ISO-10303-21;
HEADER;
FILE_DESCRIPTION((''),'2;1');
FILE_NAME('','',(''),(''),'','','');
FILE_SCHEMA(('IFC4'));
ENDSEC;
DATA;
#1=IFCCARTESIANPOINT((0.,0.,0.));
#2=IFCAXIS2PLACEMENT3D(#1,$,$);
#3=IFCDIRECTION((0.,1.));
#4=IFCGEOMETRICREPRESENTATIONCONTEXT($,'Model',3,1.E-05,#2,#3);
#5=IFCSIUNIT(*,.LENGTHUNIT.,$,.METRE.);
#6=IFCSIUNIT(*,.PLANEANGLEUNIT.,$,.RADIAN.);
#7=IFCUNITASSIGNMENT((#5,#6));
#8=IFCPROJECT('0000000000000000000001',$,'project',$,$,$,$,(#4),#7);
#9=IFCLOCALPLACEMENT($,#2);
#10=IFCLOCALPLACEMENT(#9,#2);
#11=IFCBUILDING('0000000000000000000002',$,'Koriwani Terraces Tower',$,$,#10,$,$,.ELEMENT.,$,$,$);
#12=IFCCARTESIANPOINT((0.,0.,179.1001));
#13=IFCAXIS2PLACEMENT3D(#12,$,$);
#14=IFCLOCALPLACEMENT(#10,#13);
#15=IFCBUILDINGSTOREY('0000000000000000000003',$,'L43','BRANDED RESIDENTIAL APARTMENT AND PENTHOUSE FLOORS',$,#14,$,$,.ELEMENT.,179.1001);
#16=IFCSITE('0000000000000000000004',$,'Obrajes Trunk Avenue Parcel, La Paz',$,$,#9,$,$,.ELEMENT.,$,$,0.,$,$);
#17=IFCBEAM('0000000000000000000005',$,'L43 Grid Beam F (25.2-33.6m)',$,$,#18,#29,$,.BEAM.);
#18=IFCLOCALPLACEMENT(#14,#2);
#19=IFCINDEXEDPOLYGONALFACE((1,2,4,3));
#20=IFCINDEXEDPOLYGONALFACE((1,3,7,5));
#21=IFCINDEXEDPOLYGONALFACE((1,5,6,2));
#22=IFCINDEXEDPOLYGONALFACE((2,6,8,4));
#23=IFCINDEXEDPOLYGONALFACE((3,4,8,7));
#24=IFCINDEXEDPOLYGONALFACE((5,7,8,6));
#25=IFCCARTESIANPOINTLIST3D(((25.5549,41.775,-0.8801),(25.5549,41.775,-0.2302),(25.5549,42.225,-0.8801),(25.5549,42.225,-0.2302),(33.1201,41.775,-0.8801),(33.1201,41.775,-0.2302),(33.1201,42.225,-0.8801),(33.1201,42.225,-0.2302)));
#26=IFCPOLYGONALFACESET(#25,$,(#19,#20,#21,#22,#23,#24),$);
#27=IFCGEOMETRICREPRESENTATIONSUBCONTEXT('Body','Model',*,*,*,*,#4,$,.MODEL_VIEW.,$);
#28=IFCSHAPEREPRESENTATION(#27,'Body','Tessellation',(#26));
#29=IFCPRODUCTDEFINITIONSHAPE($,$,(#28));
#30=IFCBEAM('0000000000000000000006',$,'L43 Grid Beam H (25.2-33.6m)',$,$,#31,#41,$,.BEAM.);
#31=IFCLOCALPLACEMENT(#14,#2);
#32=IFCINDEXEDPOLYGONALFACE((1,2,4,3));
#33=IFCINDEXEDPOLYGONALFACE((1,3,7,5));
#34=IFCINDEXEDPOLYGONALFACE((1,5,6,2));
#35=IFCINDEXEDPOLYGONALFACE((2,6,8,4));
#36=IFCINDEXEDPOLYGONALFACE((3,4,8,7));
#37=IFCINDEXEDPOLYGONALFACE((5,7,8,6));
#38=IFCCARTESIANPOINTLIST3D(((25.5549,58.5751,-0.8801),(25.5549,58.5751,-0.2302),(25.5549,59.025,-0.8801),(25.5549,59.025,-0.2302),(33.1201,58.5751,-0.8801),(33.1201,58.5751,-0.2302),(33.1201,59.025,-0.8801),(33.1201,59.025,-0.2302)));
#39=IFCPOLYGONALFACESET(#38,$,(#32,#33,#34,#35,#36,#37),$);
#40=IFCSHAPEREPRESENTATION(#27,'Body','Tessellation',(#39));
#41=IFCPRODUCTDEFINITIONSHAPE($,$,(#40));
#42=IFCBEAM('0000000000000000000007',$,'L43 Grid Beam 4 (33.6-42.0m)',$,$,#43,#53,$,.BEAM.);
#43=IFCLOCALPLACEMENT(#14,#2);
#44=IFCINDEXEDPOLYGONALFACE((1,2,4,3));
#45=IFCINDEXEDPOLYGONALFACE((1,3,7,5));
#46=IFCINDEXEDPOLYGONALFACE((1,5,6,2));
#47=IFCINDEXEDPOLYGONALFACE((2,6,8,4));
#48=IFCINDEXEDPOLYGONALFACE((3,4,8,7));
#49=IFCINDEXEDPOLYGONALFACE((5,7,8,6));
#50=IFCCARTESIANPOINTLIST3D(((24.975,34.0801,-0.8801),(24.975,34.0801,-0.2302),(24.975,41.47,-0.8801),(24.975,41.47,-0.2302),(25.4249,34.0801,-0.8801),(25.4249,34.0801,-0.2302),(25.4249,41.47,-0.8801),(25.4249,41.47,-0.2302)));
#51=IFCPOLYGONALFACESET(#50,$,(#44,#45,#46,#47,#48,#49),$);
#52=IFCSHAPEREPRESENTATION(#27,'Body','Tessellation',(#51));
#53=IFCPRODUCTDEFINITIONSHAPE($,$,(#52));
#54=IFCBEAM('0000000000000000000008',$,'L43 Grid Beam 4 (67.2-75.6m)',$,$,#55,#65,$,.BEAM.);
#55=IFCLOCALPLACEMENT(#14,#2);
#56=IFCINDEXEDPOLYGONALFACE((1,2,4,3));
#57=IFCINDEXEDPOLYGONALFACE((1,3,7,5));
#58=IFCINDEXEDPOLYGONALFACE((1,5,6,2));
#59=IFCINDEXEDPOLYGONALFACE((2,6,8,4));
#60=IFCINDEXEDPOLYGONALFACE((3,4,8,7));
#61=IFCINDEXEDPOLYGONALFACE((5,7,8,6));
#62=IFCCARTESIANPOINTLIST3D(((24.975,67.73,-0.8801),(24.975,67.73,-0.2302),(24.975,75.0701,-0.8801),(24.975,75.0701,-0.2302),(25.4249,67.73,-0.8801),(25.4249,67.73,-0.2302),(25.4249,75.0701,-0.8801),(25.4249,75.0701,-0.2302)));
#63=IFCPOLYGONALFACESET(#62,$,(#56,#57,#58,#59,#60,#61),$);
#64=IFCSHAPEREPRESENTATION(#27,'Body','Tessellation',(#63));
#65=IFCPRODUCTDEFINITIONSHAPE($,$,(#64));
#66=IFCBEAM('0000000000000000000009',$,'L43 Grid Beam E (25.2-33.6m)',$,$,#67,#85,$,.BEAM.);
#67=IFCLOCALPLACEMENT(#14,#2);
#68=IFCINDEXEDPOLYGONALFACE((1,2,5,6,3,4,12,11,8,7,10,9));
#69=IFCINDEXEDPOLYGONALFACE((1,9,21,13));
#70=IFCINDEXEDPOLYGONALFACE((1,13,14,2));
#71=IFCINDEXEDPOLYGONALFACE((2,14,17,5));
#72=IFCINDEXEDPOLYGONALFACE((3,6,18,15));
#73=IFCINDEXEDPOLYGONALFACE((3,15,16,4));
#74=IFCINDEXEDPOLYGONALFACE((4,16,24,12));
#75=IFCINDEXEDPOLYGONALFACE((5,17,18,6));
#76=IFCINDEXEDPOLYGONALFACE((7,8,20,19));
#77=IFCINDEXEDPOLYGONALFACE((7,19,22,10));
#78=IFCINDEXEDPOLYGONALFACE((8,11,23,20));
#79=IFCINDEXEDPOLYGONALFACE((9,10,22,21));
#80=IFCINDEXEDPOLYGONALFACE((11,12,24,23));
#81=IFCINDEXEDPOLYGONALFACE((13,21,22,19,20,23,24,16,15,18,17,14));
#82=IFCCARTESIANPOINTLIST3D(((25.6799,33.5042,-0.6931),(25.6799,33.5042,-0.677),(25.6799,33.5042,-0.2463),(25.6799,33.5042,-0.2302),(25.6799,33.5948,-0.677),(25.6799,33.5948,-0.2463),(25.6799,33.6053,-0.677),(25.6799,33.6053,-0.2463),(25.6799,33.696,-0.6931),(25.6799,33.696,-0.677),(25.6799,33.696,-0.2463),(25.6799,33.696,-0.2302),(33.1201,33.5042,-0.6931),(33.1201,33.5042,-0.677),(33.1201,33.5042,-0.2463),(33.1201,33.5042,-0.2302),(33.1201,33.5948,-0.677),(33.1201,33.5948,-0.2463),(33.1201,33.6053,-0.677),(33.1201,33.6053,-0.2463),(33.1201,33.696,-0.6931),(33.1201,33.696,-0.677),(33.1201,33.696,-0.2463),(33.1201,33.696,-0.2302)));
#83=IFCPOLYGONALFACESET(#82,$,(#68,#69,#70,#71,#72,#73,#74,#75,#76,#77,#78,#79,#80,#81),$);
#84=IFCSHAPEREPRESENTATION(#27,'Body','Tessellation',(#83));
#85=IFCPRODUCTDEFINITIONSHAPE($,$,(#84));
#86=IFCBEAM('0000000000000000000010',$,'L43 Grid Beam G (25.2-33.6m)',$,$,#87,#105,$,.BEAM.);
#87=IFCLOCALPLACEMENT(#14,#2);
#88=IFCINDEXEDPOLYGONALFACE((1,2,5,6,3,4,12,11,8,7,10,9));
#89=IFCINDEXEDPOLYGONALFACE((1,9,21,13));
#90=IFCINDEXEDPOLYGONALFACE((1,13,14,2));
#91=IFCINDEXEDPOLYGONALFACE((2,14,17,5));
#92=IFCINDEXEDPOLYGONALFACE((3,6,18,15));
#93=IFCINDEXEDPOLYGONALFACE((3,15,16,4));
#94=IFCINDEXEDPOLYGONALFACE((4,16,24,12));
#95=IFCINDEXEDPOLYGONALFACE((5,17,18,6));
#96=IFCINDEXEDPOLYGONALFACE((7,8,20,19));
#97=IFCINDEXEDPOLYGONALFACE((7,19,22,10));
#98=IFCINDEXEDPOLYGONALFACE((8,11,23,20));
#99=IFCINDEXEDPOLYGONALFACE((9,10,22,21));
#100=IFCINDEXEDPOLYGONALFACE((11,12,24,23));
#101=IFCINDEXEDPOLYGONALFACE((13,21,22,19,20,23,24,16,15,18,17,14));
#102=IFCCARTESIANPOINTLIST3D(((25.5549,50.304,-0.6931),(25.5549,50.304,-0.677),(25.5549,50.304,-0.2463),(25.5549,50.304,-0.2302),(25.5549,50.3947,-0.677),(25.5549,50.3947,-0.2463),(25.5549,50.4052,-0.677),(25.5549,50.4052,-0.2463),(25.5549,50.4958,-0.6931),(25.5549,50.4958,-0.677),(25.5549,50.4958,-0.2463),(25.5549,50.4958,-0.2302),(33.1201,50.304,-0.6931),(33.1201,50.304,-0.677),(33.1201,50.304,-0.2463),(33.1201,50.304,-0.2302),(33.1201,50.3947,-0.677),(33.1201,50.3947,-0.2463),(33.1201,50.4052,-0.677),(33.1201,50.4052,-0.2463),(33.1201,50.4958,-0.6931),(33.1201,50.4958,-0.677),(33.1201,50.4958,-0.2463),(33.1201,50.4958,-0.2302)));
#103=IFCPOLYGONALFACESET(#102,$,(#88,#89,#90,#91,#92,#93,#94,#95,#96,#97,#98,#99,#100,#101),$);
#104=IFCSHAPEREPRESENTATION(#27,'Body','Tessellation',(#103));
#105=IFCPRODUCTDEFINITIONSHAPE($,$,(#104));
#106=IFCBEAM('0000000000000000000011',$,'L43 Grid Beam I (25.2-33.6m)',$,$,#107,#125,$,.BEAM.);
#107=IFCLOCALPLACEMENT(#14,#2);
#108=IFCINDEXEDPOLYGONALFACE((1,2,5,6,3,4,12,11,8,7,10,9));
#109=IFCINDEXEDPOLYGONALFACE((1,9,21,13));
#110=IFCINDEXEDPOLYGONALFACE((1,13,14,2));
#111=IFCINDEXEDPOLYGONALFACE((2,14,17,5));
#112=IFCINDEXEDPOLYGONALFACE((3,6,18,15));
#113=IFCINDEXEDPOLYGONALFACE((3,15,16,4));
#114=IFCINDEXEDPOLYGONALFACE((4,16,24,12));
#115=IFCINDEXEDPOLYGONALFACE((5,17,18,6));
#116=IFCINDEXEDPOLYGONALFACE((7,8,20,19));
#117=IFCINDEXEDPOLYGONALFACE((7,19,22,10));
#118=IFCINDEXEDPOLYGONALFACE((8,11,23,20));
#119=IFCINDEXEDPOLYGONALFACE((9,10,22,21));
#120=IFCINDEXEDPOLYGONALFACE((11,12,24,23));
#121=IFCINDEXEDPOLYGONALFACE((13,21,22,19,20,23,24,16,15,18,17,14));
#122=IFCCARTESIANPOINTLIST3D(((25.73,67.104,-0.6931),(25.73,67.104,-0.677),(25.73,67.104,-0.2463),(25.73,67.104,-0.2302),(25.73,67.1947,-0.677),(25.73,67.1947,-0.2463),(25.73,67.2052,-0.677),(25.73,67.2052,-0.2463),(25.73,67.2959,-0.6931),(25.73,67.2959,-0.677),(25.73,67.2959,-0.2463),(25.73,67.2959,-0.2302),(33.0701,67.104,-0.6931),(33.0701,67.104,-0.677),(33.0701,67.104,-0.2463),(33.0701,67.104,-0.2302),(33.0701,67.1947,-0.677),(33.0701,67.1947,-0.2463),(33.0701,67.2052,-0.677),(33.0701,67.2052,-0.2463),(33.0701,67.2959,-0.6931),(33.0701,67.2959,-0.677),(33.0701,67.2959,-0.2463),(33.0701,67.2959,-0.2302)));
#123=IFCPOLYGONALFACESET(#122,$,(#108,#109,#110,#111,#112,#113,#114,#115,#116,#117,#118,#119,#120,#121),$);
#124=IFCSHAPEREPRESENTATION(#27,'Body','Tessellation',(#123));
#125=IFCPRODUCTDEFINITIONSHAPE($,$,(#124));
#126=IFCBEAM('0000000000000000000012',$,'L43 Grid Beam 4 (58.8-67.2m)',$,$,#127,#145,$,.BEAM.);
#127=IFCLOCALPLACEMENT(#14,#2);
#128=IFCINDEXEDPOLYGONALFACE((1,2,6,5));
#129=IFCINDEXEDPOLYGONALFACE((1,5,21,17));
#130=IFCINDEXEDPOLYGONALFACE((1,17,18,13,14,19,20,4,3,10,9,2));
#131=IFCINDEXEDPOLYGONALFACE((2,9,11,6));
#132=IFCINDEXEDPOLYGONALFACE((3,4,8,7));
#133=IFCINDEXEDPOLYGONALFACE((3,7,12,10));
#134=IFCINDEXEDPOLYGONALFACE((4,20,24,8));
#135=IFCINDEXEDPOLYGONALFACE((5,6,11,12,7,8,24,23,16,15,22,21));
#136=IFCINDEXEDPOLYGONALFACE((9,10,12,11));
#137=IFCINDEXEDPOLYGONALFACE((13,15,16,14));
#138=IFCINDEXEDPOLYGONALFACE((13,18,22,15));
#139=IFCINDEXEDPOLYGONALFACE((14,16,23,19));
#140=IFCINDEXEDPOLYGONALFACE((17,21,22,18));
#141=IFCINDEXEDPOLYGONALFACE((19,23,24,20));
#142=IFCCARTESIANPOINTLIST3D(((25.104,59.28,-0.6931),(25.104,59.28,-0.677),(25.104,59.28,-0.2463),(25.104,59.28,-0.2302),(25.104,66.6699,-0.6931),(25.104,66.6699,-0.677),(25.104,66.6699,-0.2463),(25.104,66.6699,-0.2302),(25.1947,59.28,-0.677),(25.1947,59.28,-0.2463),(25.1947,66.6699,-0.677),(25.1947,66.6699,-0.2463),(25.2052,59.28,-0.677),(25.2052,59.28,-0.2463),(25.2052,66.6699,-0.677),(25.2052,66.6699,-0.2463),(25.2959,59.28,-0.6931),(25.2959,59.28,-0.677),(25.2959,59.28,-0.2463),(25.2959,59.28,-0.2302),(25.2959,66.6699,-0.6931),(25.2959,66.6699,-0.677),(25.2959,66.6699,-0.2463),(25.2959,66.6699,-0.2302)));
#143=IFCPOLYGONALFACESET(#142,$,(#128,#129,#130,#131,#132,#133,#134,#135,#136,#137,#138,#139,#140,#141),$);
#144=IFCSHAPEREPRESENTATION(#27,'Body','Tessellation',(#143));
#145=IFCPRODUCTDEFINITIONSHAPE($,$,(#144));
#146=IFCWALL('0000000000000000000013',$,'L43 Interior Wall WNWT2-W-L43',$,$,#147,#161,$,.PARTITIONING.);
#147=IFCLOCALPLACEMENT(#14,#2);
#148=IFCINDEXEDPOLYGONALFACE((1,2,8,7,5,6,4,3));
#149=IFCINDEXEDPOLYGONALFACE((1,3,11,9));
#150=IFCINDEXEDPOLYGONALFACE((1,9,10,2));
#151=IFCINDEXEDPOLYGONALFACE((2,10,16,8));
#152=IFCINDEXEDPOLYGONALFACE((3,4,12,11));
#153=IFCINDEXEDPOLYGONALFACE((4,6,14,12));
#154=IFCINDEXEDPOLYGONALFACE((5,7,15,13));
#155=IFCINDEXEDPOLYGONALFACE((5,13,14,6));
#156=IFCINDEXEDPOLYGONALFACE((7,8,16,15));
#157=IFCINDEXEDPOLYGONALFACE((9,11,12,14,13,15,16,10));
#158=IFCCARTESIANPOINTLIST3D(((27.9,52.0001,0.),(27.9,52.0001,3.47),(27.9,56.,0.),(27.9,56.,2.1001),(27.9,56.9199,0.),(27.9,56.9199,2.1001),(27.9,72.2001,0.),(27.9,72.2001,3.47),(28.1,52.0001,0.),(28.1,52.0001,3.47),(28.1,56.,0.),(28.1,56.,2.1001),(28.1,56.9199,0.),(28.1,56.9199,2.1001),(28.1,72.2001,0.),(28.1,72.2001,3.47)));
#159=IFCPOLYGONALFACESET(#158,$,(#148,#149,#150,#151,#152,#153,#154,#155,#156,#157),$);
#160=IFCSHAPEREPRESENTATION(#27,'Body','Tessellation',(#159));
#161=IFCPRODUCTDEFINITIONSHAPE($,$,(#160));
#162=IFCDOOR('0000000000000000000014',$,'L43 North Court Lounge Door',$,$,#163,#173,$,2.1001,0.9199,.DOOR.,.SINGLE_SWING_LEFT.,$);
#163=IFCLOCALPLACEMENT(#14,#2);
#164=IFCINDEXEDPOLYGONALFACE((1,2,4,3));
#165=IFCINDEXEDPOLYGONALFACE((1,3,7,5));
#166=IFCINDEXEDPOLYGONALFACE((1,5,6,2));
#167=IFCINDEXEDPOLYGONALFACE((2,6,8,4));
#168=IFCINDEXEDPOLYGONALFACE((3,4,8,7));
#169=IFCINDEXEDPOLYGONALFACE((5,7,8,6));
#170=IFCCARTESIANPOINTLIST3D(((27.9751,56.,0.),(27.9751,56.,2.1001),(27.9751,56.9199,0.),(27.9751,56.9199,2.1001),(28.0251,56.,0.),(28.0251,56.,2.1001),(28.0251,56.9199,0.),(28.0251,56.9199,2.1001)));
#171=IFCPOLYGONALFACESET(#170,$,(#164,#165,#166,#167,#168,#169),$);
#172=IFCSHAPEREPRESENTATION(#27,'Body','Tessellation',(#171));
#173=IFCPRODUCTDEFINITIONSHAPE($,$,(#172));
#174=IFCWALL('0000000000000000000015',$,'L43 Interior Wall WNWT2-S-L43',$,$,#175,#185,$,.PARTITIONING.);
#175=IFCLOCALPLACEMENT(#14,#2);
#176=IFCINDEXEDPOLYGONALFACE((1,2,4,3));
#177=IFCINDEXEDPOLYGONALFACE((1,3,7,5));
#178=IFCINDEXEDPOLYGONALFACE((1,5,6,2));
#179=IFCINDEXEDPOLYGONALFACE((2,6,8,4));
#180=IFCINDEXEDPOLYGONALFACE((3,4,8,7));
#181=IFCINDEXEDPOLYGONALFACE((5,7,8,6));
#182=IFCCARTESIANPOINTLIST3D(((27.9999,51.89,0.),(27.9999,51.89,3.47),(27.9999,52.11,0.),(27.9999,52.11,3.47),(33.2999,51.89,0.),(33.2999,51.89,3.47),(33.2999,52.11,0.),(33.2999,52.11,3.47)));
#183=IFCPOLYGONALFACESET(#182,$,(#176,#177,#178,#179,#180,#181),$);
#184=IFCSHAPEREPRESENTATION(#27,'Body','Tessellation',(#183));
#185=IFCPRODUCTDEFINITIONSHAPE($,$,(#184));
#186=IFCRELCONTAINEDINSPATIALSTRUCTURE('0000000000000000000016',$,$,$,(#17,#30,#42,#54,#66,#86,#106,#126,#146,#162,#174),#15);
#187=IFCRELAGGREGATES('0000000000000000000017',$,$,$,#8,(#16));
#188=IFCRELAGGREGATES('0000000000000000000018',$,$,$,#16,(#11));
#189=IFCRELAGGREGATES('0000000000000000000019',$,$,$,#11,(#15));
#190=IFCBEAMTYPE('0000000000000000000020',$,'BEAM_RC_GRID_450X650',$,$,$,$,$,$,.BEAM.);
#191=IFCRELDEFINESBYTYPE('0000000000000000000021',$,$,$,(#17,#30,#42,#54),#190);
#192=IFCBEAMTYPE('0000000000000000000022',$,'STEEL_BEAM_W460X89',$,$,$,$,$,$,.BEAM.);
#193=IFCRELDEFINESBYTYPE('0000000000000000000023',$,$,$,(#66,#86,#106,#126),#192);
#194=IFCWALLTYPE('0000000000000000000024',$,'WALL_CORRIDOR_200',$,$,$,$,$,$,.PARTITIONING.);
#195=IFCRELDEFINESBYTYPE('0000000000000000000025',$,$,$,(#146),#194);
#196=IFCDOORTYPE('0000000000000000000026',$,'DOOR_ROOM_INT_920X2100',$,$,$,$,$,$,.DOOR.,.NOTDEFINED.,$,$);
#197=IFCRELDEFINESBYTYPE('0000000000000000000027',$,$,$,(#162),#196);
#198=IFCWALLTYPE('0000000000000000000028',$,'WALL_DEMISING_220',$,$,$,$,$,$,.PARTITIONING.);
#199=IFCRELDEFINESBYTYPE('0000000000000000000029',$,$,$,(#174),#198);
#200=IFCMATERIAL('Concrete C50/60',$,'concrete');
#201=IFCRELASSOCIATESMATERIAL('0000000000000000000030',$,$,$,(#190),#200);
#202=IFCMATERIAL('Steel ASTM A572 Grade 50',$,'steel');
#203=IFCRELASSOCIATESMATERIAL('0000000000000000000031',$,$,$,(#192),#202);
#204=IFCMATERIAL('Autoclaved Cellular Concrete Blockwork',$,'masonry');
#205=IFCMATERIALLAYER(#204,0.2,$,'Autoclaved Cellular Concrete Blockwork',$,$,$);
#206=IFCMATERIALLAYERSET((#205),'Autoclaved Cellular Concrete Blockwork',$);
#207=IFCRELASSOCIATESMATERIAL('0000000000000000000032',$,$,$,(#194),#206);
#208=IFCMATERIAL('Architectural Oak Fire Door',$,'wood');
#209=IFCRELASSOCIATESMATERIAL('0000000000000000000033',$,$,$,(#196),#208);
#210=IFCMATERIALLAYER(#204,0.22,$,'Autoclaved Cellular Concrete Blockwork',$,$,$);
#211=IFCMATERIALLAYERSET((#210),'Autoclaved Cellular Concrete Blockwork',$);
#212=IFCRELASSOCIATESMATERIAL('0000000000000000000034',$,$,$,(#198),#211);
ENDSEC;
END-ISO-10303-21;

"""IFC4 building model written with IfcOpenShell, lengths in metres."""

from ifc_helpers import new_model, si_unit, direction, frame, frame_2d, origin, origin_2d, place, context, subcontext, project, spatial, rectangle, i_section, extrude, material, layer, layer_set, material_profile, profile_set, type_object, element, fill, save


model = new_model("IFC4")

# Units and contexts
model_context = context("Model", 3, precision=1e-05, world=origin(), true_north=direction((0.0, 1.0)))
body_context = subcontext(model_context, "Body", "Model", "MODEL_VIEW")
ifc_project = project(units=[si_unit("LENGTHUNIT", "METRE"), si_unit("PLANEANGLEUNIT", "RADIAN")], contexts=[model_context])

# Site, building, storey
site_placement = place(None, origin())
site = spatial("IfcSite", under=ifc_project, at=site_placement, Name="Obrajes Trunk Avenue Parcel, La Paz", CompositionType="ELEMENT", RefElevation=0.0)
building_placement = place(site_placement, origin())
building = spatial("IfcBuilding", under=site, at=building_placement, Name="Koriwani Terraces Tower", CompositionType="ELEMENT")
storey_placement = place(building_placement, frame((0.0, 0.0, 179.1001)))
storey = spatial("IfcBuildingStorey", under=building, at=storey_placement, Name="L43", Description="BRANDED RESIDENTIAL APARTMENT AND PENTHOUSE FLOORS", CompositionType="ELEMENT", Elevation=179.1001)

# Beams
ifc_material_1 = material(Name="Concrete C50/60", Category="concrete")
ifc_material_profile_1 = material_profile(ifc_material_1, rectangle(XDim=0.45, YDim=0.6499, at=origin_2d()), Name="Concrete C50/60", Category="LoadBearing")
ifc_profile_set_1 = profile_set([ifc_material_profile_1], Name="Concrete C50/60")
beam_type_1 = type_object("IfcBeamType", Name="BEAM_RC_GRID_450X650", PredefinedType="BEAM", material=ifc_profile_set_1)
for number, where, z_axis, x_axis, name in (
    (1, (25.5549, 42.0, -0.5552), (1.0, 0.0, 0.0), (0.0, 1.0, 0.0), "L43 Grid Beam F (25.2-33.6m)"),
    (2, (25.5549, 58.8, -0.5552), (1.0, 0.0, 0.0), (0.0, 1.0, 0.0), "L43 Grid Beam H (25.2-33.6m)"),
):
    element("IfcBeam", number, at=place(storey_placement, frame(where, z_axis=z_axis, x_axis=x_axis)), inside=storey, type_object=beam_type_1, Name=name, PredefinedType="BEAM", context=body_context, shape_type="SweptSolid", body=[
        extrude(rectangle(XDim=0.45, YDim=0.6499, at=origin_2d()), origin(), (0.0, 0.0, 1.0), 7.5652),
    ])
beam_1_placement = place(storey_placement, frame((25.2, 34.0801, -0.5552), z_axis=(0.0, 1.0, 0.0), x_axis=(-1.0, 0.0, 0.0)))
element("IfcBeam", 3, at=beam_1_placement, inside=storey, type_object=beam_type_1, Name="L43 Grid Beam 4 (33.6-42.0m)", PredefinedType="BEAM", context=body_context, shape_type="SweptSolid", body=[
    extrude(rectangle(XDim=0.45, YDim=0.6499, at=origin_2d()), origin(), (0.0, 0.0, 1.0), 7.3899),
])
beam_2_placement = place(storey_placement, frame((25.2, 67.73, -0.5552), z_axis=(0.0, 1.0, 0.0), x_axis=(-1.0, 0.0, 0.0)))
element("IfcBeam", 4, at=beam_2_placement, inside=storey, type_object=beam_type_1, Name="L43 Grid Beam 4 (67.2-75.6m)", PredefinedType="BEAM", context=body_context, shape_type="SweptSolid", body=[
    extrude(rectangle(XDim=0.45, YDim=0.6499, at=origin_2d()), origin(), (0.0, 0.0, 1.0), 7.3401),
])
ifc_material_2 = material(Name="Steel ASTM A572 Grade 50", Category="steel")
ifc_material_profile_2 = material_profile(ifc_material_2, i_section(OverallWidth=0.1919, OverallDepth=0.4629, WebThickness=0.0105, FlangeThickness=0.0161, at=origin_2d()), Name="Steel ASTM A572 Grade 50", Category="LoadBearing")
ifc_profile_set_2 = profile_set([ifc_material_profile_2], Name="Steel ASTM A572 Grade 50")
beam_type_2 = type_object("IfcBeamType", Name="STEEL_BEAM_W460X89", PredefinedType="BEAM", material=ifc_profile_set_2)
beam_3_placement = place(storey_placement, frame((25.6799, 33.6001, -0.4617), z_axis=(1.0, 0.0, 0.0), x_axis=(0.0, 1.0, 0.0)))
element("IfcBeam", 5, at=beam_3_placement, inside=storey, type_object=beam_type_2, Name="L43 Grid Beam E (25.2-33.6m)", PredefinedType="BEAM", context=body_context, shape_type="SweptSolid", body=[
    extrude(i_section(OverallWidth=0.1919, OverallDepth=0.4629, WebThickness=0.0105, FlangeThickness=0.0161, at=origin_2d()), origin(), (0.0, 0.0, 1.0), 7.4402),
])
beam_4_placement = place(storey_placement, frame((25.5549, 50.3999, -0.4617), z_axis=(1.0, 0.0, 0.0), x_axis=(0.0, 1.0, 0.0)))
element("IfcBeam", 6, at=beam_4_placement, inside=storey, type_object=beam_type_2, Name="L43 Grid Beam G (25.2-33.6m)", PredefinedType="BEAM", context=body_context, shape_type="SweptSolid", body=[
    extrude(i_section(OverallWidth=0.1919, OverallDepth=0.4629, WebThickness=0.0105, FlangeThickness=0.0161, at=origin_2d()), origin(), (0.0, 0.0, 1.0), 7.5652),
])
beam_5_placement = place(storey_placement, frame((25.73, 67.2, -0.4617), z_axis=(1.0, 0.0, 0.0), x_axis=(0.0, 1.0, 0.0)))
element("IfcBeam", 7, at=beam_5_placement, inside=storey, type_object=beam_type_2, Name="L43 Grid Beam I (25.2-33.6m)", PredefinedType="BEAM", context=body_context, shape_type="SweptSolid", body=[
    extrude(i_section(OverallWidth=0.1919, OverallDepth=0.4629, WebThickness=0.0105, FlangeThickness=0.0161, at=origin_2d()), origin(), (0.0, 0.0, 1.0), 7.3401),
])
beam_6_placement = place(storey_placement, frame((25.2, 59.28, -0.4617), z_axis=(0.0, 1.0, 0.0), x_axis=(-1.0, 0.0, 0.0)))
element("IfcBeam", 8, at=beam_6_placement, inside=storey, type_object=beam_type_2, Name="L43 Grid Beam 4 (58.8-67.2m)", PredefinedType="BEAM", context=body_context, shape_type="SweptSolid", body=[
    extrude(i_section(OverallWidth=0.1919, OverallDepth=0.4629, WebThickness=0.0105, FlangeThickness=0.0161, at=origin_2d()), origin(), (0.0, 0.0, 1.0), 7.3899),
])

# Wall, opening, door
ifc_material_3 = material(Name="Autoclaved Cellular Concrete Blockwork", Category="masonry")
ifc_layer_1 = layer(ifc_material_3, 0.2, Name="Autoclaved Cellular Concrete Blockwork")
ifc_layer_set_1 = layer_set([ifc_layer_1], Name="Autoclaved Cellular Concrete Blockwork")
wall_type_1 = type_object("IfcWallType", Name="WALL_CORRIDOR_200", PredefinedType="PARTITIONING", material=ifc_layer_set_1)
wall_1_placement = place(storey_placement, frame((28.0, 52.0, 0.0), z_axis=(0.0, 0.0, 1.0), x_axis=(0.0, 1.0, 0.0)))
wall_1 = element("IfcWall", 9, at=wall_1_placement, inside=storey, type_object=wall_type_1, Name="L43 Interior Wall WNWT2-W-L43", PredefinedType="PARTITIONING", context=body_context, shape_type="SweptSolid", body=[
    extrude(rectangle(XDim=20.2, YDim=0.2, at=frame_2d((10.1001, 0.0))), origin(), (0.0, 0.0, 1.0), 3.47),
])
opening_1_placement = place(wall_1_placement, frame((4.0, 0.0, 0.0)))
opening_1 = element("IfcOpeningElement", 10, at=opening_1_placement, cuts=wall_1, PredefinedType="OPENING", context=body_context, shape_type="SweptSolid", body=[
    extrude(rectangle(XDim=0.9199, YDim=2.1001, at=frame_2d((0.46, 1.05))), frame((0.0, 0.1099, 0.0), z_axis=(0.0, -1.0, 0.0), x_axis=(1.0, 0.0, 0.0)), (0.0, 0.0, 1.0), 0.22),
])
ifc_material_4 = material(Name="Architectural Oak Fire Door", Category="wood")
door_type_1 = type_object("IfcDoorType", Name="DOOR_ROOM_INT_920X2100", OperationType="NOTDEFINED", PredefinedType="DOOR", material=ifc_material_4)
door_1_placement = place(opening_1_placement, origin())
door_1 = element("IfcDoor", 11, at=door_1_placement, inside=storey, type_object=door_type_1, Name="L43 North Court Lounge Door", OperationType="SINGLE_SWING_LEFT", OverallHeight=2.1001, OverallWidth=0.9199, PredefinedType="DOOR", context=body_context, shape_type="SweptSolid", body=[
    extrude(rectangle(XDim=0.9199, YDim=2.1001, at=frame_2d((0.46, 1.05))), frame((0.0, 0.0249, 0.0), z_axis=(0.0, -1.0, 0.0), x_axis=(1.0, 0.0, 0.0)), (0.0, 0.0, 1.0), 0.05),
])
fill(opening_1, door_1)

# Wall
ifc_layer_2 = layer(ifc_material_3, 0.22, Name="Autoclaved Cellular Concrete Blockwork")
ifc_layer_set_2 = layer_set([ifc_layer_2], Name="Autoclaved Cellular Concrete Blockwork")
wall_type_2 = type_object("IfcWallType", Name="WALL_DEMISING_220", PredefinedType="PARTITIONING", material=ifc_layer_set_2)
wall_2_placement = place(storey_placement, frame((28.0, 52.0, 0.0), z_axis=(0.0, 0.0, 1.0), x_axis=(1.0, 0.0, 0.0)))
element("IfcWall", 12, at=wall_2_placement, inside=storey, type_object=wall_type_2, Name="L43 Interior Wall WNWT2-S-L43", PredefinedType="PARTITIONING", context=body_context, shape_type="SweptSolid", body=[
    extrude(rectangle(XDim=5.3, YDim=0.22, at=frame_2d((2.6499, 0.0))), origin(), (0.0, 0.0, 1.0), 3.47),
])

save(model, "model.ifc")
